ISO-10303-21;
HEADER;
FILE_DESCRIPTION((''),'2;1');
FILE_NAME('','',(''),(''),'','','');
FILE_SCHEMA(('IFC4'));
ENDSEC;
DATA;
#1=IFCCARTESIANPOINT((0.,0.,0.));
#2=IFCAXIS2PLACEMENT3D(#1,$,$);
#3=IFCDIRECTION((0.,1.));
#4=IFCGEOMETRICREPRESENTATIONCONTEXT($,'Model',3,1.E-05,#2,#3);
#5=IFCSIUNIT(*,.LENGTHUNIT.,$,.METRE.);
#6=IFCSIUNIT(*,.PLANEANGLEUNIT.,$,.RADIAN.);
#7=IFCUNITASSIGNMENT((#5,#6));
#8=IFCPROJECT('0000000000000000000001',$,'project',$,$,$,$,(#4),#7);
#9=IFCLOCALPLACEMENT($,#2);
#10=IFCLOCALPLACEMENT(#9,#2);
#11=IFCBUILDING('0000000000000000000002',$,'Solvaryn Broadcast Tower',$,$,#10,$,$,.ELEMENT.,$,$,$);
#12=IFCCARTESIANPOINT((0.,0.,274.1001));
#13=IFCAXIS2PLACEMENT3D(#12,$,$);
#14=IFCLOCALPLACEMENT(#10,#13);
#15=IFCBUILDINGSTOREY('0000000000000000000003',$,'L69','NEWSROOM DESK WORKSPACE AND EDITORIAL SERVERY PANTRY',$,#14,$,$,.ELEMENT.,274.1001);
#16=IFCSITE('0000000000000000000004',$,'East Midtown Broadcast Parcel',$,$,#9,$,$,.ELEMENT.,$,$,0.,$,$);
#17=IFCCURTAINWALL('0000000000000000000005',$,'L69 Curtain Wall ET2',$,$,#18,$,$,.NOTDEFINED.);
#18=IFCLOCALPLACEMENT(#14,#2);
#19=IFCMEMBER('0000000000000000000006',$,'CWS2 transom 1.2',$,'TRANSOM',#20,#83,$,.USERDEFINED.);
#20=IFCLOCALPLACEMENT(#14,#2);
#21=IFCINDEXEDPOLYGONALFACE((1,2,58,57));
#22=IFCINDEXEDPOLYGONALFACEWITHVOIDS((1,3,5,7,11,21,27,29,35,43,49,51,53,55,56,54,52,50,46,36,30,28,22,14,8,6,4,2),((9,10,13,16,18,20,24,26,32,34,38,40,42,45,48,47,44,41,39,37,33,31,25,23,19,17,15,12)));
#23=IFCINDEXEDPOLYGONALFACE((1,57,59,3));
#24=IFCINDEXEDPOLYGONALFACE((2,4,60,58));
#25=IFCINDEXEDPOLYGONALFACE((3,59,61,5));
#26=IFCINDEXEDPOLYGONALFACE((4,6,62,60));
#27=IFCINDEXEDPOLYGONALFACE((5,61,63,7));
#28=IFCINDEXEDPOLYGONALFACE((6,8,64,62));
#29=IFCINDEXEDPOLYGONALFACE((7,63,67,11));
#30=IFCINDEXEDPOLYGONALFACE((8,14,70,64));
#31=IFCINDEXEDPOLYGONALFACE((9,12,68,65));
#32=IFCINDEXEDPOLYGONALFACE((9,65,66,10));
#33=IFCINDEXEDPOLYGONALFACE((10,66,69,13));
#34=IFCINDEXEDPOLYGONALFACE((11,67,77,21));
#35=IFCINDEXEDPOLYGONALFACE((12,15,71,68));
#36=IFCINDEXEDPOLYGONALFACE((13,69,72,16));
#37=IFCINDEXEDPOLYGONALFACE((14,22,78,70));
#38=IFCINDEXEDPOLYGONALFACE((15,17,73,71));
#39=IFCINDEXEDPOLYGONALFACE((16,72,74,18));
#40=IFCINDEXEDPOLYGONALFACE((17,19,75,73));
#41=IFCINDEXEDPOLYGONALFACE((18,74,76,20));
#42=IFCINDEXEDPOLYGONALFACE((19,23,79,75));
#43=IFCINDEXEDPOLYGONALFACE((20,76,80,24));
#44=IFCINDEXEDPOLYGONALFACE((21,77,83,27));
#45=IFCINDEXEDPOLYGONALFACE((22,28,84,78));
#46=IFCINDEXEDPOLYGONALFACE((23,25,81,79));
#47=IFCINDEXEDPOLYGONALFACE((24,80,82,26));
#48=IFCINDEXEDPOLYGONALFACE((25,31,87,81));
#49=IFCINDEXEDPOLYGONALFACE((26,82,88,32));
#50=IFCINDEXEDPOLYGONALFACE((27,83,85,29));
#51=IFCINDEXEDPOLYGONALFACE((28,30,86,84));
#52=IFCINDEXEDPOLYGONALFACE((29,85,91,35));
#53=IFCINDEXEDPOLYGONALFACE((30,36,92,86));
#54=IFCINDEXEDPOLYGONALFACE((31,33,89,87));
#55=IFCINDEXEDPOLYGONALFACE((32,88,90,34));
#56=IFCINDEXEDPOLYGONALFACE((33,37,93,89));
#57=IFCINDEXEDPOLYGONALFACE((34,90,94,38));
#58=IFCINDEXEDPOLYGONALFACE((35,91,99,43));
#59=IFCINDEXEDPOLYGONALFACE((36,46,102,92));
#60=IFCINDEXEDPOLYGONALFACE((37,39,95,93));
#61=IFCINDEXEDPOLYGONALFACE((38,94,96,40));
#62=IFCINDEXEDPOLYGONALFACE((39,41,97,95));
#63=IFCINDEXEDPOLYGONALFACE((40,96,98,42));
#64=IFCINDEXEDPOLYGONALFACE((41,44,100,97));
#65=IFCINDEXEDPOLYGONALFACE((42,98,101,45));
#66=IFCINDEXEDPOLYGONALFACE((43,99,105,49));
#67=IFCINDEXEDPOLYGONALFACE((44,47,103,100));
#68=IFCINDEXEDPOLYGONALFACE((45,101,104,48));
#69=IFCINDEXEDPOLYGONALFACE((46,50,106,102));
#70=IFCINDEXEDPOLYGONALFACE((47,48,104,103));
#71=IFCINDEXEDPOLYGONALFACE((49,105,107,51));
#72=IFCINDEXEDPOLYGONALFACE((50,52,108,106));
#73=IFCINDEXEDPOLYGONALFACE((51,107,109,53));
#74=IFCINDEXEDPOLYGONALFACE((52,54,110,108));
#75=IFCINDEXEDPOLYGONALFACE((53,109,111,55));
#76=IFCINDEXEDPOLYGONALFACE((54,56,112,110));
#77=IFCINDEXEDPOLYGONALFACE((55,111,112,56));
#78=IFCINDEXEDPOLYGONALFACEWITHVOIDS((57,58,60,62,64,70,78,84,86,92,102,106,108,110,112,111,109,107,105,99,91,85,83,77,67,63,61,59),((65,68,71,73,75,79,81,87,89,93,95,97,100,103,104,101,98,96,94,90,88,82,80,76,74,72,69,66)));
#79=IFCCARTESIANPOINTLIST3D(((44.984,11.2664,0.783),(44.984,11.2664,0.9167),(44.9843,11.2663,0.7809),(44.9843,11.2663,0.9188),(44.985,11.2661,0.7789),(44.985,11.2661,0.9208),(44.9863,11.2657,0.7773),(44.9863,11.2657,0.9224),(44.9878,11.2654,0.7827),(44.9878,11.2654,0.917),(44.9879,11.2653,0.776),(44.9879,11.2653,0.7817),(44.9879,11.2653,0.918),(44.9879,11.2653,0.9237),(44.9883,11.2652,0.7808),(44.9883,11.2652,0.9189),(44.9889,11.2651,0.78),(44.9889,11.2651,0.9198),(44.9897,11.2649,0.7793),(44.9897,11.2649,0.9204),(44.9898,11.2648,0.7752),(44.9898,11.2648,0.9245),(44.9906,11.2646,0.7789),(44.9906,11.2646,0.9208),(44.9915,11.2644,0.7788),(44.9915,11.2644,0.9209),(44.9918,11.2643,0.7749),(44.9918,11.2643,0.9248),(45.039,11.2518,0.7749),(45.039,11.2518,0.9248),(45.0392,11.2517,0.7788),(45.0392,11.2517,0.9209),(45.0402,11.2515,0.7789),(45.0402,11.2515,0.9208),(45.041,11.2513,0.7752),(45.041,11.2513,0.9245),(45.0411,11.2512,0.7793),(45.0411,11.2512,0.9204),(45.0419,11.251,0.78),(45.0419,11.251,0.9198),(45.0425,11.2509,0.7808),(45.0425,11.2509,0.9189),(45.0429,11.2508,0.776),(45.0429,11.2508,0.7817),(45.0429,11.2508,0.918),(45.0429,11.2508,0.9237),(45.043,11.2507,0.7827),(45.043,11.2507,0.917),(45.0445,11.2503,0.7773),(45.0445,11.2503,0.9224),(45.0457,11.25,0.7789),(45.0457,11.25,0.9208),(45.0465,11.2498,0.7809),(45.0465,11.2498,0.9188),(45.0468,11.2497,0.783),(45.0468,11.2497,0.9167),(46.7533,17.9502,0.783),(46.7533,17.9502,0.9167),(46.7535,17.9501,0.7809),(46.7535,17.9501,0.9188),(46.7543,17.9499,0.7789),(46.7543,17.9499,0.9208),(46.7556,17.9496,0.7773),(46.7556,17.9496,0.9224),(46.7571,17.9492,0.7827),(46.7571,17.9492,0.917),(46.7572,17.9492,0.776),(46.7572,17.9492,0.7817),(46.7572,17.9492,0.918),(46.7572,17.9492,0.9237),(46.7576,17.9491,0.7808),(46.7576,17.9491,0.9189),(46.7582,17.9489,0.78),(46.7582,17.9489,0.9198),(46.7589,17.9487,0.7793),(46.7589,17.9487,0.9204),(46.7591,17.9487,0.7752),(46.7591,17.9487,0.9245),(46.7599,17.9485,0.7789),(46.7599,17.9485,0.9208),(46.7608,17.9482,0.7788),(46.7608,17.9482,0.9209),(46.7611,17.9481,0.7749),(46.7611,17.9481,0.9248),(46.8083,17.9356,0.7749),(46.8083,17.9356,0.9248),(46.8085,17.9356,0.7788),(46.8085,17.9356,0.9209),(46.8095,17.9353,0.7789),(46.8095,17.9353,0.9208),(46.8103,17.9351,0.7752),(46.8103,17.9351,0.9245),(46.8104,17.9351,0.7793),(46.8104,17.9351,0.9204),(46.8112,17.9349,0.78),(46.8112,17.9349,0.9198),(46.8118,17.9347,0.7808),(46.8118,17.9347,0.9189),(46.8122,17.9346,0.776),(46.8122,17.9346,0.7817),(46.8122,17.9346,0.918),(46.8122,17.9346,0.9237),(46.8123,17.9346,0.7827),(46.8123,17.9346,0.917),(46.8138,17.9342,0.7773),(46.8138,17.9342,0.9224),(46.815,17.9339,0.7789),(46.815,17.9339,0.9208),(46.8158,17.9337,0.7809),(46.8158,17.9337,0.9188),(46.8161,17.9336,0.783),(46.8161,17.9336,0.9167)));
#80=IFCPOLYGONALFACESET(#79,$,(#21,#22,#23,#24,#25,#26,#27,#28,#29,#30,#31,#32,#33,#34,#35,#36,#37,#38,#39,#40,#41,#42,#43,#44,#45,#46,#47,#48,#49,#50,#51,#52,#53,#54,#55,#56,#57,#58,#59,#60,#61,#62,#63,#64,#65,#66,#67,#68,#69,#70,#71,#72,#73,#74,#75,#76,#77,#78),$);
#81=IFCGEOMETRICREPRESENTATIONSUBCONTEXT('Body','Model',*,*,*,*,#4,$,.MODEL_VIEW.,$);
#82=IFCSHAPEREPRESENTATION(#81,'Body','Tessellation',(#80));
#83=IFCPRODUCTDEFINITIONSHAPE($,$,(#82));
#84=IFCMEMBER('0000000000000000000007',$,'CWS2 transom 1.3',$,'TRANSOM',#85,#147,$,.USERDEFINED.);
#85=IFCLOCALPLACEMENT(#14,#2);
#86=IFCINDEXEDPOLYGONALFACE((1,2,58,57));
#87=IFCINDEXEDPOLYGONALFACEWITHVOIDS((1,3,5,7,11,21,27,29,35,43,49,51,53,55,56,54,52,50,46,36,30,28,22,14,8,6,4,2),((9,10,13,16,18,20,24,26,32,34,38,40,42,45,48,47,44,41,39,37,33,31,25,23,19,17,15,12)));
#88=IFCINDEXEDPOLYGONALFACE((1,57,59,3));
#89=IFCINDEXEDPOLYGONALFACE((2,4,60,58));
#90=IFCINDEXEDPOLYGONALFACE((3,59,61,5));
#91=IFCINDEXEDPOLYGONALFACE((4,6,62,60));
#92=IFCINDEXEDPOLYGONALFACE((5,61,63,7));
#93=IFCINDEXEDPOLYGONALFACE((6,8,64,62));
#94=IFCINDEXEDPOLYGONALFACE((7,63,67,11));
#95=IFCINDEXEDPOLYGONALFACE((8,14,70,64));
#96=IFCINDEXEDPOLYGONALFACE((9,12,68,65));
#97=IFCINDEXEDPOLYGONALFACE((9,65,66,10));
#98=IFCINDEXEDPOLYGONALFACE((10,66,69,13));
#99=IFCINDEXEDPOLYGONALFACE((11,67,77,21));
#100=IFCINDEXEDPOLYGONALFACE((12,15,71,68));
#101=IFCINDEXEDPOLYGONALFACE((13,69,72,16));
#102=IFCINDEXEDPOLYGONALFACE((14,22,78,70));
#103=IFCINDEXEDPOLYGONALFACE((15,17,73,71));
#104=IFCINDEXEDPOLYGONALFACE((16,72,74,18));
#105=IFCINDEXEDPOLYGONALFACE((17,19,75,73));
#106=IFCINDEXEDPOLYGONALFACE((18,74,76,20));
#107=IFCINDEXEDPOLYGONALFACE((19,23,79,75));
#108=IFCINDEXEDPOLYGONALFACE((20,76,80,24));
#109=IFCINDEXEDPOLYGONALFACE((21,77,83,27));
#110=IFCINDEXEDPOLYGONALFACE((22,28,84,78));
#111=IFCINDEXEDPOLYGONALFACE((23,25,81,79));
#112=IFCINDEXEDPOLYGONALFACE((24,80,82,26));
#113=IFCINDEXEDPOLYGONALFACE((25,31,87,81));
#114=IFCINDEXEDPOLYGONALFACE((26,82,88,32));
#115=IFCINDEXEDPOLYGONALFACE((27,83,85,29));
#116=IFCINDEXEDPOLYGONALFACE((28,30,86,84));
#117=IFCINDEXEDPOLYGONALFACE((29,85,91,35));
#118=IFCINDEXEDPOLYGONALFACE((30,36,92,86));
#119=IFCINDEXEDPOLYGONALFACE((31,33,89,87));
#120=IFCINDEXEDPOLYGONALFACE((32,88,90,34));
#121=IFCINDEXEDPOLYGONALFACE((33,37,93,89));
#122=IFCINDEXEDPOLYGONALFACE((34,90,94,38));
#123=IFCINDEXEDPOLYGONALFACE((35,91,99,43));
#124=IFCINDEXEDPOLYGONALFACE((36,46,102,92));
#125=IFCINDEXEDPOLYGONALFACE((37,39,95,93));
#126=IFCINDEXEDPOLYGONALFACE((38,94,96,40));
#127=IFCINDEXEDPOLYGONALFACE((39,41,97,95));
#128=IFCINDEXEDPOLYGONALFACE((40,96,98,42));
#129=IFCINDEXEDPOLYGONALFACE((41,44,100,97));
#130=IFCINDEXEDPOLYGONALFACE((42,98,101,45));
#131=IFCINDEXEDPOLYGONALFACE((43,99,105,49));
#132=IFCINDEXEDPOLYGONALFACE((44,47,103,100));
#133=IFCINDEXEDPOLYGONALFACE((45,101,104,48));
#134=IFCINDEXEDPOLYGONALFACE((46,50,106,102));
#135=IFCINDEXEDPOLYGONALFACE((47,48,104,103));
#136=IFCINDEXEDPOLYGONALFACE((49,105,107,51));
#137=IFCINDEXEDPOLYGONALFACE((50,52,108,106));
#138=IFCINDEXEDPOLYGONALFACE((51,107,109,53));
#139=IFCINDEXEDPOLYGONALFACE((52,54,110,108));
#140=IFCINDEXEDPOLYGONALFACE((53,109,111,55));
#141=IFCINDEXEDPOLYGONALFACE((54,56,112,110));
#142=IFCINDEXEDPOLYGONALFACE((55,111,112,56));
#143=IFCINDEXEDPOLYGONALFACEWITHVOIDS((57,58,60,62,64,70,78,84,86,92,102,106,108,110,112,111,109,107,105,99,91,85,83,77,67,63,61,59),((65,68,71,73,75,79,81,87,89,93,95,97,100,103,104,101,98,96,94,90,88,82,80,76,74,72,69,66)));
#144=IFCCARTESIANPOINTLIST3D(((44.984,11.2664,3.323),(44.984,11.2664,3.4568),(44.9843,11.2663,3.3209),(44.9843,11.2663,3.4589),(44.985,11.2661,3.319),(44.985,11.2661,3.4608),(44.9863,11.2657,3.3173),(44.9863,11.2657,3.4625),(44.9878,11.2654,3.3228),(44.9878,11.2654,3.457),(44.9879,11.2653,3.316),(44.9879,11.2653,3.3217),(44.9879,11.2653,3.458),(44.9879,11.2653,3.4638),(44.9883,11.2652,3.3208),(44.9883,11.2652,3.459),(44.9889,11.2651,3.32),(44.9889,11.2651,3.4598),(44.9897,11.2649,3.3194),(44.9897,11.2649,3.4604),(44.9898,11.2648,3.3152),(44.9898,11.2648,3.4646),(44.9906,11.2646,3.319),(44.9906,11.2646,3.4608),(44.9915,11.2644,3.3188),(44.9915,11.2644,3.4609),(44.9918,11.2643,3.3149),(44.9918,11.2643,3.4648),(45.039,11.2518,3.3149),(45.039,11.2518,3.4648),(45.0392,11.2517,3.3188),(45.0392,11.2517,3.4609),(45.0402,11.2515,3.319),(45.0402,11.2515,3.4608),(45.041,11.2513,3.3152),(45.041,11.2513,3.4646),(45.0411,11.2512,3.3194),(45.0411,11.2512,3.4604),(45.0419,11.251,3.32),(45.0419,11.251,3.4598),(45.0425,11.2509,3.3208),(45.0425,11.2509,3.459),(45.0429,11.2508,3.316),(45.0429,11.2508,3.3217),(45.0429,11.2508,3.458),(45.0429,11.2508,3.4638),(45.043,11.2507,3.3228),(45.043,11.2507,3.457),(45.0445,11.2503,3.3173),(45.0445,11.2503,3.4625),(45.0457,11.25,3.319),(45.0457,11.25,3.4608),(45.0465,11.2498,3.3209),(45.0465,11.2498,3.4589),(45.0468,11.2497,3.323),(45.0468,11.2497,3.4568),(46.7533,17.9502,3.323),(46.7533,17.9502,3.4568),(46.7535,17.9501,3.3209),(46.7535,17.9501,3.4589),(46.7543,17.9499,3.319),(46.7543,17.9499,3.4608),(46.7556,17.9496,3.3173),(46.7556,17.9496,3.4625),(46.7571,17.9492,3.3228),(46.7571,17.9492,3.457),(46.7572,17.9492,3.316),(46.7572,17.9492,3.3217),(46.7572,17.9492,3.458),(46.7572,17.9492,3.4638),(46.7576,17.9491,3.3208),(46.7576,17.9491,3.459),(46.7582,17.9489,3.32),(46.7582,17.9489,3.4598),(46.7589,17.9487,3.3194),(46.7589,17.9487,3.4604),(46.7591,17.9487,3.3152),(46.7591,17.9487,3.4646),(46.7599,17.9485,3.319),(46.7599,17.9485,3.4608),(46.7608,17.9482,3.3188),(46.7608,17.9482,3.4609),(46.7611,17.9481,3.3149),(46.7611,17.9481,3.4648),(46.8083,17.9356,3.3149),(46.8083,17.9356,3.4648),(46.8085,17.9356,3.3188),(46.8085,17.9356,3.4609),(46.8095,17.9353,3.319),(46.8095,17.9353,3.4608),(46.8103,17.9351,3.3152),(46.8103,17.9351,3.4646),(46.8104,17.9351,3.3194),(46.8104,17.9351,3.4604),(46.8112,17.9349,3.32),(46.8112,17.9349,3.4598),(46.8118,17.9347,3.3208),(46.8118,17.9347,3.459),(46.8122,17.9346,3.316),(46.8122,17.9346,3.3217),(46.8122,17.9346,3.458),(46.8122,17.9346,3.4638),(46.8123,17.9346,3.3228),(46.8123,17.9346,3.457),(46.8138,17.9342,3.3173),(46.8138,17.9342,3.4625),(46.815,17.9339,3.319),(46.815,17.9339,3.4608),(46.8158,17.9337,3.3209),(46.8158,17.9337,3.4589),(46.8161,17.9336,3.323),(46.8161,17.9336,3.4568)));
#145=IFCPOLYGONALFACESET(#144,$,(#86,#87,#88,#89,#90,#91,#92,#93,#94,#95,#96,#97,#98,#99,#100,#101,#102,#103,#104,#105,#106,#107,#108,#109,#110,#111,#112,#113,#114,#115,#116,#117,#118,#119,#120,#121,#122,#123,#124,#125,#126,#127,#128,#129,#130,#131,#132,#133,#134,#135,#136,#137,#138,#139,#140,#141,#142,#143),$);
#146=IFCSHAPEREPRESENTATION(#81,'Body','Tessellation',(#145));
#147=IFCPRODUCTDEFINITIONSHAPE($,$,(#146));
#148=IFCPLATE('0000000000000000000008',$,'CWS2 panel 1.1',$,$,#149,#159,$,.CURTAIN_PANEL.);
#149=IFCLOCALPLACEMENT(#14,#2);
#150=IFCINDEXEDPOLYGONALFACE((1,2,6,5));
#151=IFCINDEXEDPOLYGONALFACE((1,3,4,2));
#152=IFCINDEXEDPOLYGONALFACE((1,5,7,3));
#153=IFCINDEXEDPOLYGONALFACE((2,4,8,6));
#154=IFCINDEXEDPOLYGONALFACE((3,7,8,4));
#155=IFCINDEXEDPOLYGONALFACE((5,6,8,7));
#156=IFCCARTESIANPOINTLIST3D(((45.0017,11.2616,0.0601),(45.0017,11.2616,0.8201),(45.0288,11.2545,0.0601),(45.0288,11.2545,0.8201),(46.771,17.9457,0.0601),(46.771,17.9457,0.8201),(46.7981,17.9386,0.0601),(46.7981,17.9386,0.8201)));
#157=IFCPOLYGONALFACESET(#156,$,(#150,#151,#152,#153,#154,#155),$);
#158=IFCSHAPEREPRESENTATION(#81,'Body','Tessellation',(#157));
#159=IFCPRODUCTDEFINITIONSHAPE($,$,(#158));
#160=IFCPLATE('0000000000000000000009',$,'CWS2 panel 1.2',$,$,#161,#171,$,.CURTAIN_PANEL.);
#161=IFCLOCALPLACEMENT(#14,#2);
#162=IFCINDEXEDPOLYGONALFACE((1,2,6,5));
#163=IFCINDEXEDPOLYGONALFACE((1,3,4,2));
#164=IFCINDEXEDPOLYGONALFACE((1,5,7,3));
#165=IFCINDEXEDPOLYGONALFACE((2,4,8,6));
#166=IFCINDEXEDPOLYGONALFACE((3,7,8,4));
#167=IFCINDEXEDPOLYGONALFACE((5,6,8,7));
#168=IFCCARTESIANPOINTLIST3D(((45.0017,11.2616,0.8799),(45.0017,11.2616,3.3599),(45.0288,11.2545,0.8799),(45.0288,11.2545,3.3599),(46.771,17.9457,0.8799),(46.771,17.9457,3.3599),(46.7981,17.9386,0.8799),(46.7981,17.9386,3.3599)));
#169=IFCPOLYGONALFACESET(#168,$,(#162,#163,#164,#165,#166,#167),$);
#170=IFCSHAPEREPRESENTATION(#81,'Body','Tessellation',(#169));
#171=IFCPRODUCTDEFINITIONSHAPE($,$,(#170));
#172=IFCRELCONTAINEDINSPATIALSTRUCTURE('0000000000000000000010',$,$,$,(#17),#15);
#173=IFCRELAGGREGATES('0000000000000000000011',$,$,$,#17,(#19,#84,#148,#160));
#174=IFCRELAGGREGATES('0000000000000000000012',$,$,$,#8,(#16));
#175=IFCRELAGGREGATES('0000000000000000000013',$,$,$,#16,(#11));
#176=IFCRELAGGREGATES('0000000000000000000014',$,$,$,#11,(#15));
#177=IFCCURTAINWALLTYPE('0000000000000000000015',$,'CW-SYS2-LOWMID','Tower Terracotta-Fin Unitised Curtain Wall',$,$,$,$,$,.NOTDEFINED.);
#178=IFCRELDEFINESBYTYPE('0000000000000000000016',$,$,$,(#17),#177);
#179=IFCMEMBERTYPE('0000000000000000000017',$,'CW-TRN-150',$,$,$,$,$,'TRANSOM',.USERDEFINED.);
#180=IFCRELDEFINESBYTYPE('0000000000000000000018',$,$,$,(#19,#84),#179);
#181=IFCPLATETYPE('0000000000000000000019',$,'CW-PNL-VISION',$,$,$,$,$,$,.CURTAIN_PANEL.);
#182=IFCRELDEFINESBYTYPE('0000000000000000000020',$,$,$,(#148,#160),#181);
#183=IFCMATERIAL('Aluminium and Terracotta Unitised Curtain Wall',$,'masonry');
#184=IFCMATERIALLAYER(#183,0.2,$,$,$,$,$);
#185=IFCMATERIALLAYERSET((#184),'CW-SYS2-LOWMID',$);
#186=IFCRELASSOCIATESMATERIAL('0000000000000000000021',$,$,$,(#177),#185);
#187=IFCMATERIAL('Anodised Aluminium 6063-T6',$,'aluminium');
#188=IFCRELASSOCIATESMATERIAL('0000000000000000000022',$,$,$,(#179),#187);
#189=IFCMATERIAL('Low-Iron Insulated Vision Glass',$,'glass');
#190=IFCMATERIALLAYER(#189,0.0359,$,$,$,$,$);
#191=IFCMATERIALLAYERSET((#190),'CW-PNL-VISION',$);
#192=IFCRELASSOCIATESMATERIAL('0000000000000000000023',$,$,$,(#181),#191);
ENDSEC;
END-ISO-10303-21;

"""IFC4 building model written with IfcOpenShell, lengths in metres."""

from ifc_helpers import new_model, si_unit, direction, frame, origin, origin_2d, place, context, subcontext, project, spatial, rectangle, hollow_rectangle, extrude, material, layer, layer_set, material_profile, profile_set, type_object, element, aggregate, save


model = new_model("IFC4")

# Units and contexts
model_context = context("Model", 3, precision=1e-05, world=origin(), true_north=direction((0.0, 1.0)))
body_context = subcontext(model_context, "Body", "Model", "MODEL_VIEW")
ifc_project = project(units=[si_unit("LENGTHUNIT", "METRE"), si_unit("PLANEANGLEUNIT", "RADIAN")], contexts=[model_context])

# Site, building, storey
site_placement = place(None, origin())
site = spatial("IfcSite", under=ifc_project, at=site_placement, Name="East Midtown Broadcast Parcel", CompositionType="ELEMENT", RefElevation=0.0)
building_placement = place(site_placement, origin())
building = spatial("IfcBuilding", under=site, at=building_placement, Name="Solvaryn Broadcast Tower", CompositionType="ELEMENT")
storey_placement = place(building_placement, frame((0.0, 0.0, 274.1001)))
storey = spatial("IfcBuildingStorey", under=building, at=storey_placement, Name="L69", Description="NEWSROOM DESK WORKSPACE AND EDITORIAL SERVERY PANTRY", CompositionType="ELEMENT", Elevation=274.1001)

# Shared definitions
ifc_material_1 = material(Name="Aluminium and Terracotta Unitised Curtain Wall", Category="masonry")
ifc_layer_1 = layer(ifc_material_1, 0.2)
ifc_layer_set_1 = layer_set([ifc_layer_1], Name="CW-SYS2-LOWMID")
curtain_wall_type = type_object("IfcCurtainWallType", Name="CW-SYS2-LOWMID", Description="Tower Terracotta-Fin Unitised Curtain Wall", PredefinedType="NOTDEFINED", material=ifc_layer_set_1)

# Curtain wall, members, plates
curtain_wall_1_placement = place(storey_placement, origin())
curtain_wall_1 = element("IfcCurtainWall", 1, at=curtain_wall_1_placement, inside=storey, type_object=curtain_wall_type, Name="L69 Curtain Wall ET2", PredefinedType="NOTDEFINED")
ifc_material_2 = material(Name="Anodised Aluminium 6063-T6", Category="aluminium")
ifc_material_profile_1 = material_profile(ifc_material_2, hollow_rectangle(XDim=0.0649, YDim=0.1499, WallThickness=0.0039, InnerFilletRadius=0.0039, OuterFilletRadius=0.0081, at=origin_2d()))
ifc_profile_set_1 = profile_set([ifc_material_profile_1], Name="Anodised Aluminium 6063-T6")
member_type_1 = type_object("IfcMemberType", Name="CW-TRN-150", ElementType="TRANSOM", PredefinedType="USERDEFINED", material=ifc_profile_set_1)
member_1_placement = place(storey_placement, frame((46.7847, 17.9419, 0.8499), z_axis=(-0.255897, -0.966704, 0.0), x_axis=(0.966704, -0.255897, 0.0)))
member_1 = element("IfcMember", 2, at=member_1_placement, type_object=member_type_1, Name="CWS2 transom 1.2", ObjectType="TRANSOM", PredefinedType="USERDEFINED", context=body_context, shape_type="SweptSolid", body=[
    extrude(hollow_rectangle(XDim=0.0649, YDim=0.1499, WallThickness=0.0039, InnerFilletRadius=0.0039, OuterFilletRadius=0.0081, at=origin_2d()), origin(), (0.0, 0.0, 1.0), 6.9141),
])
member_2_placement = place(storey_placement, frame((46.7847, 17.9419, 3.3899), z_axis=(-0.255897, -0.966704, 0.0), x_axis=(0.966704, -0.255897, 0.0)))
member_2 = element("IfcMember", 3, at=member_2_placement, type_object=member_type_1, Name="CWS2 transom 1.3", ObjectType="TRANSOM", PredefinedType="USERDEFINED", context=body_context, shape_type="SweptSolid", body=[
    extrude(hollow_rectangle(XDim=0.0649, YDim=0.1499, WallThickness=0.0039, InnerFilletRadius=0.0039, OuterFilletRadius=0.0081, at=origin_2d()), origin(), (0.0, 0.0, 1.0), 6.9141),
])
ifc_material_3 = material(Name="Low-Iron Insulated Vision Glass", Category="glass")
ifc_layer_2 = layer(ifc_material_3, 0.0359)
ifc_layer_set_2 = layer_set([ifc_layer_2], Name="CW-PNL-VISION")
plate_type = type_object("IfcPlateType", Name="CW-PNL-VISION", PredefinedType="CURTAIN_PANEL", material=ifc_layer_set_2)
plate_1_placement = place(storey_placement, frame((45.8999, 14.6001, 0.0601), z_axis=(0.0, 0.0, 1.0), x_axis=(-0.255893, -0.966705, 0.0)))
plate_1 = element("IfcPlate", 4, at=plate_1_placement, type_object=plate_type, Name="CWS2 panel 1.1", PredefinedType="CURTAIN_PANEL", context=body_context, shape_type="SweptSolid", body=[
    extrude(rectangle(XDim=6.9143, YDim=0.0281, at=origin_2d()), origin(), (0.0, 0.0, 1.0), 0.76),
])
plate_2_placement = place(storey_placement, frame((45.8999, 14.6001, 0.8799), z_axis=(0.0, 0.0, 1.0), x_axis=(-0.255893, -0.966705, 0.0)))
plate_2 = element("IfcPlate", 5, at=plate_2_placement, type_object=plate_type, Name="CWS2 panel 1.2", PredefinedType="CURTAIN_PANEL", context=body_context, shape_type="SweptSolid", body=[
    extrude(rectangle(XDim=6.9143, YDim=0.0281, at=origin_2d()), origin(), (0.0, 0.0, 1.0), 2.48),
])
aggregate(curtain_wall_1, [member_1, member_2, plate_1, plate_2])

save(model, "model.ifc")
